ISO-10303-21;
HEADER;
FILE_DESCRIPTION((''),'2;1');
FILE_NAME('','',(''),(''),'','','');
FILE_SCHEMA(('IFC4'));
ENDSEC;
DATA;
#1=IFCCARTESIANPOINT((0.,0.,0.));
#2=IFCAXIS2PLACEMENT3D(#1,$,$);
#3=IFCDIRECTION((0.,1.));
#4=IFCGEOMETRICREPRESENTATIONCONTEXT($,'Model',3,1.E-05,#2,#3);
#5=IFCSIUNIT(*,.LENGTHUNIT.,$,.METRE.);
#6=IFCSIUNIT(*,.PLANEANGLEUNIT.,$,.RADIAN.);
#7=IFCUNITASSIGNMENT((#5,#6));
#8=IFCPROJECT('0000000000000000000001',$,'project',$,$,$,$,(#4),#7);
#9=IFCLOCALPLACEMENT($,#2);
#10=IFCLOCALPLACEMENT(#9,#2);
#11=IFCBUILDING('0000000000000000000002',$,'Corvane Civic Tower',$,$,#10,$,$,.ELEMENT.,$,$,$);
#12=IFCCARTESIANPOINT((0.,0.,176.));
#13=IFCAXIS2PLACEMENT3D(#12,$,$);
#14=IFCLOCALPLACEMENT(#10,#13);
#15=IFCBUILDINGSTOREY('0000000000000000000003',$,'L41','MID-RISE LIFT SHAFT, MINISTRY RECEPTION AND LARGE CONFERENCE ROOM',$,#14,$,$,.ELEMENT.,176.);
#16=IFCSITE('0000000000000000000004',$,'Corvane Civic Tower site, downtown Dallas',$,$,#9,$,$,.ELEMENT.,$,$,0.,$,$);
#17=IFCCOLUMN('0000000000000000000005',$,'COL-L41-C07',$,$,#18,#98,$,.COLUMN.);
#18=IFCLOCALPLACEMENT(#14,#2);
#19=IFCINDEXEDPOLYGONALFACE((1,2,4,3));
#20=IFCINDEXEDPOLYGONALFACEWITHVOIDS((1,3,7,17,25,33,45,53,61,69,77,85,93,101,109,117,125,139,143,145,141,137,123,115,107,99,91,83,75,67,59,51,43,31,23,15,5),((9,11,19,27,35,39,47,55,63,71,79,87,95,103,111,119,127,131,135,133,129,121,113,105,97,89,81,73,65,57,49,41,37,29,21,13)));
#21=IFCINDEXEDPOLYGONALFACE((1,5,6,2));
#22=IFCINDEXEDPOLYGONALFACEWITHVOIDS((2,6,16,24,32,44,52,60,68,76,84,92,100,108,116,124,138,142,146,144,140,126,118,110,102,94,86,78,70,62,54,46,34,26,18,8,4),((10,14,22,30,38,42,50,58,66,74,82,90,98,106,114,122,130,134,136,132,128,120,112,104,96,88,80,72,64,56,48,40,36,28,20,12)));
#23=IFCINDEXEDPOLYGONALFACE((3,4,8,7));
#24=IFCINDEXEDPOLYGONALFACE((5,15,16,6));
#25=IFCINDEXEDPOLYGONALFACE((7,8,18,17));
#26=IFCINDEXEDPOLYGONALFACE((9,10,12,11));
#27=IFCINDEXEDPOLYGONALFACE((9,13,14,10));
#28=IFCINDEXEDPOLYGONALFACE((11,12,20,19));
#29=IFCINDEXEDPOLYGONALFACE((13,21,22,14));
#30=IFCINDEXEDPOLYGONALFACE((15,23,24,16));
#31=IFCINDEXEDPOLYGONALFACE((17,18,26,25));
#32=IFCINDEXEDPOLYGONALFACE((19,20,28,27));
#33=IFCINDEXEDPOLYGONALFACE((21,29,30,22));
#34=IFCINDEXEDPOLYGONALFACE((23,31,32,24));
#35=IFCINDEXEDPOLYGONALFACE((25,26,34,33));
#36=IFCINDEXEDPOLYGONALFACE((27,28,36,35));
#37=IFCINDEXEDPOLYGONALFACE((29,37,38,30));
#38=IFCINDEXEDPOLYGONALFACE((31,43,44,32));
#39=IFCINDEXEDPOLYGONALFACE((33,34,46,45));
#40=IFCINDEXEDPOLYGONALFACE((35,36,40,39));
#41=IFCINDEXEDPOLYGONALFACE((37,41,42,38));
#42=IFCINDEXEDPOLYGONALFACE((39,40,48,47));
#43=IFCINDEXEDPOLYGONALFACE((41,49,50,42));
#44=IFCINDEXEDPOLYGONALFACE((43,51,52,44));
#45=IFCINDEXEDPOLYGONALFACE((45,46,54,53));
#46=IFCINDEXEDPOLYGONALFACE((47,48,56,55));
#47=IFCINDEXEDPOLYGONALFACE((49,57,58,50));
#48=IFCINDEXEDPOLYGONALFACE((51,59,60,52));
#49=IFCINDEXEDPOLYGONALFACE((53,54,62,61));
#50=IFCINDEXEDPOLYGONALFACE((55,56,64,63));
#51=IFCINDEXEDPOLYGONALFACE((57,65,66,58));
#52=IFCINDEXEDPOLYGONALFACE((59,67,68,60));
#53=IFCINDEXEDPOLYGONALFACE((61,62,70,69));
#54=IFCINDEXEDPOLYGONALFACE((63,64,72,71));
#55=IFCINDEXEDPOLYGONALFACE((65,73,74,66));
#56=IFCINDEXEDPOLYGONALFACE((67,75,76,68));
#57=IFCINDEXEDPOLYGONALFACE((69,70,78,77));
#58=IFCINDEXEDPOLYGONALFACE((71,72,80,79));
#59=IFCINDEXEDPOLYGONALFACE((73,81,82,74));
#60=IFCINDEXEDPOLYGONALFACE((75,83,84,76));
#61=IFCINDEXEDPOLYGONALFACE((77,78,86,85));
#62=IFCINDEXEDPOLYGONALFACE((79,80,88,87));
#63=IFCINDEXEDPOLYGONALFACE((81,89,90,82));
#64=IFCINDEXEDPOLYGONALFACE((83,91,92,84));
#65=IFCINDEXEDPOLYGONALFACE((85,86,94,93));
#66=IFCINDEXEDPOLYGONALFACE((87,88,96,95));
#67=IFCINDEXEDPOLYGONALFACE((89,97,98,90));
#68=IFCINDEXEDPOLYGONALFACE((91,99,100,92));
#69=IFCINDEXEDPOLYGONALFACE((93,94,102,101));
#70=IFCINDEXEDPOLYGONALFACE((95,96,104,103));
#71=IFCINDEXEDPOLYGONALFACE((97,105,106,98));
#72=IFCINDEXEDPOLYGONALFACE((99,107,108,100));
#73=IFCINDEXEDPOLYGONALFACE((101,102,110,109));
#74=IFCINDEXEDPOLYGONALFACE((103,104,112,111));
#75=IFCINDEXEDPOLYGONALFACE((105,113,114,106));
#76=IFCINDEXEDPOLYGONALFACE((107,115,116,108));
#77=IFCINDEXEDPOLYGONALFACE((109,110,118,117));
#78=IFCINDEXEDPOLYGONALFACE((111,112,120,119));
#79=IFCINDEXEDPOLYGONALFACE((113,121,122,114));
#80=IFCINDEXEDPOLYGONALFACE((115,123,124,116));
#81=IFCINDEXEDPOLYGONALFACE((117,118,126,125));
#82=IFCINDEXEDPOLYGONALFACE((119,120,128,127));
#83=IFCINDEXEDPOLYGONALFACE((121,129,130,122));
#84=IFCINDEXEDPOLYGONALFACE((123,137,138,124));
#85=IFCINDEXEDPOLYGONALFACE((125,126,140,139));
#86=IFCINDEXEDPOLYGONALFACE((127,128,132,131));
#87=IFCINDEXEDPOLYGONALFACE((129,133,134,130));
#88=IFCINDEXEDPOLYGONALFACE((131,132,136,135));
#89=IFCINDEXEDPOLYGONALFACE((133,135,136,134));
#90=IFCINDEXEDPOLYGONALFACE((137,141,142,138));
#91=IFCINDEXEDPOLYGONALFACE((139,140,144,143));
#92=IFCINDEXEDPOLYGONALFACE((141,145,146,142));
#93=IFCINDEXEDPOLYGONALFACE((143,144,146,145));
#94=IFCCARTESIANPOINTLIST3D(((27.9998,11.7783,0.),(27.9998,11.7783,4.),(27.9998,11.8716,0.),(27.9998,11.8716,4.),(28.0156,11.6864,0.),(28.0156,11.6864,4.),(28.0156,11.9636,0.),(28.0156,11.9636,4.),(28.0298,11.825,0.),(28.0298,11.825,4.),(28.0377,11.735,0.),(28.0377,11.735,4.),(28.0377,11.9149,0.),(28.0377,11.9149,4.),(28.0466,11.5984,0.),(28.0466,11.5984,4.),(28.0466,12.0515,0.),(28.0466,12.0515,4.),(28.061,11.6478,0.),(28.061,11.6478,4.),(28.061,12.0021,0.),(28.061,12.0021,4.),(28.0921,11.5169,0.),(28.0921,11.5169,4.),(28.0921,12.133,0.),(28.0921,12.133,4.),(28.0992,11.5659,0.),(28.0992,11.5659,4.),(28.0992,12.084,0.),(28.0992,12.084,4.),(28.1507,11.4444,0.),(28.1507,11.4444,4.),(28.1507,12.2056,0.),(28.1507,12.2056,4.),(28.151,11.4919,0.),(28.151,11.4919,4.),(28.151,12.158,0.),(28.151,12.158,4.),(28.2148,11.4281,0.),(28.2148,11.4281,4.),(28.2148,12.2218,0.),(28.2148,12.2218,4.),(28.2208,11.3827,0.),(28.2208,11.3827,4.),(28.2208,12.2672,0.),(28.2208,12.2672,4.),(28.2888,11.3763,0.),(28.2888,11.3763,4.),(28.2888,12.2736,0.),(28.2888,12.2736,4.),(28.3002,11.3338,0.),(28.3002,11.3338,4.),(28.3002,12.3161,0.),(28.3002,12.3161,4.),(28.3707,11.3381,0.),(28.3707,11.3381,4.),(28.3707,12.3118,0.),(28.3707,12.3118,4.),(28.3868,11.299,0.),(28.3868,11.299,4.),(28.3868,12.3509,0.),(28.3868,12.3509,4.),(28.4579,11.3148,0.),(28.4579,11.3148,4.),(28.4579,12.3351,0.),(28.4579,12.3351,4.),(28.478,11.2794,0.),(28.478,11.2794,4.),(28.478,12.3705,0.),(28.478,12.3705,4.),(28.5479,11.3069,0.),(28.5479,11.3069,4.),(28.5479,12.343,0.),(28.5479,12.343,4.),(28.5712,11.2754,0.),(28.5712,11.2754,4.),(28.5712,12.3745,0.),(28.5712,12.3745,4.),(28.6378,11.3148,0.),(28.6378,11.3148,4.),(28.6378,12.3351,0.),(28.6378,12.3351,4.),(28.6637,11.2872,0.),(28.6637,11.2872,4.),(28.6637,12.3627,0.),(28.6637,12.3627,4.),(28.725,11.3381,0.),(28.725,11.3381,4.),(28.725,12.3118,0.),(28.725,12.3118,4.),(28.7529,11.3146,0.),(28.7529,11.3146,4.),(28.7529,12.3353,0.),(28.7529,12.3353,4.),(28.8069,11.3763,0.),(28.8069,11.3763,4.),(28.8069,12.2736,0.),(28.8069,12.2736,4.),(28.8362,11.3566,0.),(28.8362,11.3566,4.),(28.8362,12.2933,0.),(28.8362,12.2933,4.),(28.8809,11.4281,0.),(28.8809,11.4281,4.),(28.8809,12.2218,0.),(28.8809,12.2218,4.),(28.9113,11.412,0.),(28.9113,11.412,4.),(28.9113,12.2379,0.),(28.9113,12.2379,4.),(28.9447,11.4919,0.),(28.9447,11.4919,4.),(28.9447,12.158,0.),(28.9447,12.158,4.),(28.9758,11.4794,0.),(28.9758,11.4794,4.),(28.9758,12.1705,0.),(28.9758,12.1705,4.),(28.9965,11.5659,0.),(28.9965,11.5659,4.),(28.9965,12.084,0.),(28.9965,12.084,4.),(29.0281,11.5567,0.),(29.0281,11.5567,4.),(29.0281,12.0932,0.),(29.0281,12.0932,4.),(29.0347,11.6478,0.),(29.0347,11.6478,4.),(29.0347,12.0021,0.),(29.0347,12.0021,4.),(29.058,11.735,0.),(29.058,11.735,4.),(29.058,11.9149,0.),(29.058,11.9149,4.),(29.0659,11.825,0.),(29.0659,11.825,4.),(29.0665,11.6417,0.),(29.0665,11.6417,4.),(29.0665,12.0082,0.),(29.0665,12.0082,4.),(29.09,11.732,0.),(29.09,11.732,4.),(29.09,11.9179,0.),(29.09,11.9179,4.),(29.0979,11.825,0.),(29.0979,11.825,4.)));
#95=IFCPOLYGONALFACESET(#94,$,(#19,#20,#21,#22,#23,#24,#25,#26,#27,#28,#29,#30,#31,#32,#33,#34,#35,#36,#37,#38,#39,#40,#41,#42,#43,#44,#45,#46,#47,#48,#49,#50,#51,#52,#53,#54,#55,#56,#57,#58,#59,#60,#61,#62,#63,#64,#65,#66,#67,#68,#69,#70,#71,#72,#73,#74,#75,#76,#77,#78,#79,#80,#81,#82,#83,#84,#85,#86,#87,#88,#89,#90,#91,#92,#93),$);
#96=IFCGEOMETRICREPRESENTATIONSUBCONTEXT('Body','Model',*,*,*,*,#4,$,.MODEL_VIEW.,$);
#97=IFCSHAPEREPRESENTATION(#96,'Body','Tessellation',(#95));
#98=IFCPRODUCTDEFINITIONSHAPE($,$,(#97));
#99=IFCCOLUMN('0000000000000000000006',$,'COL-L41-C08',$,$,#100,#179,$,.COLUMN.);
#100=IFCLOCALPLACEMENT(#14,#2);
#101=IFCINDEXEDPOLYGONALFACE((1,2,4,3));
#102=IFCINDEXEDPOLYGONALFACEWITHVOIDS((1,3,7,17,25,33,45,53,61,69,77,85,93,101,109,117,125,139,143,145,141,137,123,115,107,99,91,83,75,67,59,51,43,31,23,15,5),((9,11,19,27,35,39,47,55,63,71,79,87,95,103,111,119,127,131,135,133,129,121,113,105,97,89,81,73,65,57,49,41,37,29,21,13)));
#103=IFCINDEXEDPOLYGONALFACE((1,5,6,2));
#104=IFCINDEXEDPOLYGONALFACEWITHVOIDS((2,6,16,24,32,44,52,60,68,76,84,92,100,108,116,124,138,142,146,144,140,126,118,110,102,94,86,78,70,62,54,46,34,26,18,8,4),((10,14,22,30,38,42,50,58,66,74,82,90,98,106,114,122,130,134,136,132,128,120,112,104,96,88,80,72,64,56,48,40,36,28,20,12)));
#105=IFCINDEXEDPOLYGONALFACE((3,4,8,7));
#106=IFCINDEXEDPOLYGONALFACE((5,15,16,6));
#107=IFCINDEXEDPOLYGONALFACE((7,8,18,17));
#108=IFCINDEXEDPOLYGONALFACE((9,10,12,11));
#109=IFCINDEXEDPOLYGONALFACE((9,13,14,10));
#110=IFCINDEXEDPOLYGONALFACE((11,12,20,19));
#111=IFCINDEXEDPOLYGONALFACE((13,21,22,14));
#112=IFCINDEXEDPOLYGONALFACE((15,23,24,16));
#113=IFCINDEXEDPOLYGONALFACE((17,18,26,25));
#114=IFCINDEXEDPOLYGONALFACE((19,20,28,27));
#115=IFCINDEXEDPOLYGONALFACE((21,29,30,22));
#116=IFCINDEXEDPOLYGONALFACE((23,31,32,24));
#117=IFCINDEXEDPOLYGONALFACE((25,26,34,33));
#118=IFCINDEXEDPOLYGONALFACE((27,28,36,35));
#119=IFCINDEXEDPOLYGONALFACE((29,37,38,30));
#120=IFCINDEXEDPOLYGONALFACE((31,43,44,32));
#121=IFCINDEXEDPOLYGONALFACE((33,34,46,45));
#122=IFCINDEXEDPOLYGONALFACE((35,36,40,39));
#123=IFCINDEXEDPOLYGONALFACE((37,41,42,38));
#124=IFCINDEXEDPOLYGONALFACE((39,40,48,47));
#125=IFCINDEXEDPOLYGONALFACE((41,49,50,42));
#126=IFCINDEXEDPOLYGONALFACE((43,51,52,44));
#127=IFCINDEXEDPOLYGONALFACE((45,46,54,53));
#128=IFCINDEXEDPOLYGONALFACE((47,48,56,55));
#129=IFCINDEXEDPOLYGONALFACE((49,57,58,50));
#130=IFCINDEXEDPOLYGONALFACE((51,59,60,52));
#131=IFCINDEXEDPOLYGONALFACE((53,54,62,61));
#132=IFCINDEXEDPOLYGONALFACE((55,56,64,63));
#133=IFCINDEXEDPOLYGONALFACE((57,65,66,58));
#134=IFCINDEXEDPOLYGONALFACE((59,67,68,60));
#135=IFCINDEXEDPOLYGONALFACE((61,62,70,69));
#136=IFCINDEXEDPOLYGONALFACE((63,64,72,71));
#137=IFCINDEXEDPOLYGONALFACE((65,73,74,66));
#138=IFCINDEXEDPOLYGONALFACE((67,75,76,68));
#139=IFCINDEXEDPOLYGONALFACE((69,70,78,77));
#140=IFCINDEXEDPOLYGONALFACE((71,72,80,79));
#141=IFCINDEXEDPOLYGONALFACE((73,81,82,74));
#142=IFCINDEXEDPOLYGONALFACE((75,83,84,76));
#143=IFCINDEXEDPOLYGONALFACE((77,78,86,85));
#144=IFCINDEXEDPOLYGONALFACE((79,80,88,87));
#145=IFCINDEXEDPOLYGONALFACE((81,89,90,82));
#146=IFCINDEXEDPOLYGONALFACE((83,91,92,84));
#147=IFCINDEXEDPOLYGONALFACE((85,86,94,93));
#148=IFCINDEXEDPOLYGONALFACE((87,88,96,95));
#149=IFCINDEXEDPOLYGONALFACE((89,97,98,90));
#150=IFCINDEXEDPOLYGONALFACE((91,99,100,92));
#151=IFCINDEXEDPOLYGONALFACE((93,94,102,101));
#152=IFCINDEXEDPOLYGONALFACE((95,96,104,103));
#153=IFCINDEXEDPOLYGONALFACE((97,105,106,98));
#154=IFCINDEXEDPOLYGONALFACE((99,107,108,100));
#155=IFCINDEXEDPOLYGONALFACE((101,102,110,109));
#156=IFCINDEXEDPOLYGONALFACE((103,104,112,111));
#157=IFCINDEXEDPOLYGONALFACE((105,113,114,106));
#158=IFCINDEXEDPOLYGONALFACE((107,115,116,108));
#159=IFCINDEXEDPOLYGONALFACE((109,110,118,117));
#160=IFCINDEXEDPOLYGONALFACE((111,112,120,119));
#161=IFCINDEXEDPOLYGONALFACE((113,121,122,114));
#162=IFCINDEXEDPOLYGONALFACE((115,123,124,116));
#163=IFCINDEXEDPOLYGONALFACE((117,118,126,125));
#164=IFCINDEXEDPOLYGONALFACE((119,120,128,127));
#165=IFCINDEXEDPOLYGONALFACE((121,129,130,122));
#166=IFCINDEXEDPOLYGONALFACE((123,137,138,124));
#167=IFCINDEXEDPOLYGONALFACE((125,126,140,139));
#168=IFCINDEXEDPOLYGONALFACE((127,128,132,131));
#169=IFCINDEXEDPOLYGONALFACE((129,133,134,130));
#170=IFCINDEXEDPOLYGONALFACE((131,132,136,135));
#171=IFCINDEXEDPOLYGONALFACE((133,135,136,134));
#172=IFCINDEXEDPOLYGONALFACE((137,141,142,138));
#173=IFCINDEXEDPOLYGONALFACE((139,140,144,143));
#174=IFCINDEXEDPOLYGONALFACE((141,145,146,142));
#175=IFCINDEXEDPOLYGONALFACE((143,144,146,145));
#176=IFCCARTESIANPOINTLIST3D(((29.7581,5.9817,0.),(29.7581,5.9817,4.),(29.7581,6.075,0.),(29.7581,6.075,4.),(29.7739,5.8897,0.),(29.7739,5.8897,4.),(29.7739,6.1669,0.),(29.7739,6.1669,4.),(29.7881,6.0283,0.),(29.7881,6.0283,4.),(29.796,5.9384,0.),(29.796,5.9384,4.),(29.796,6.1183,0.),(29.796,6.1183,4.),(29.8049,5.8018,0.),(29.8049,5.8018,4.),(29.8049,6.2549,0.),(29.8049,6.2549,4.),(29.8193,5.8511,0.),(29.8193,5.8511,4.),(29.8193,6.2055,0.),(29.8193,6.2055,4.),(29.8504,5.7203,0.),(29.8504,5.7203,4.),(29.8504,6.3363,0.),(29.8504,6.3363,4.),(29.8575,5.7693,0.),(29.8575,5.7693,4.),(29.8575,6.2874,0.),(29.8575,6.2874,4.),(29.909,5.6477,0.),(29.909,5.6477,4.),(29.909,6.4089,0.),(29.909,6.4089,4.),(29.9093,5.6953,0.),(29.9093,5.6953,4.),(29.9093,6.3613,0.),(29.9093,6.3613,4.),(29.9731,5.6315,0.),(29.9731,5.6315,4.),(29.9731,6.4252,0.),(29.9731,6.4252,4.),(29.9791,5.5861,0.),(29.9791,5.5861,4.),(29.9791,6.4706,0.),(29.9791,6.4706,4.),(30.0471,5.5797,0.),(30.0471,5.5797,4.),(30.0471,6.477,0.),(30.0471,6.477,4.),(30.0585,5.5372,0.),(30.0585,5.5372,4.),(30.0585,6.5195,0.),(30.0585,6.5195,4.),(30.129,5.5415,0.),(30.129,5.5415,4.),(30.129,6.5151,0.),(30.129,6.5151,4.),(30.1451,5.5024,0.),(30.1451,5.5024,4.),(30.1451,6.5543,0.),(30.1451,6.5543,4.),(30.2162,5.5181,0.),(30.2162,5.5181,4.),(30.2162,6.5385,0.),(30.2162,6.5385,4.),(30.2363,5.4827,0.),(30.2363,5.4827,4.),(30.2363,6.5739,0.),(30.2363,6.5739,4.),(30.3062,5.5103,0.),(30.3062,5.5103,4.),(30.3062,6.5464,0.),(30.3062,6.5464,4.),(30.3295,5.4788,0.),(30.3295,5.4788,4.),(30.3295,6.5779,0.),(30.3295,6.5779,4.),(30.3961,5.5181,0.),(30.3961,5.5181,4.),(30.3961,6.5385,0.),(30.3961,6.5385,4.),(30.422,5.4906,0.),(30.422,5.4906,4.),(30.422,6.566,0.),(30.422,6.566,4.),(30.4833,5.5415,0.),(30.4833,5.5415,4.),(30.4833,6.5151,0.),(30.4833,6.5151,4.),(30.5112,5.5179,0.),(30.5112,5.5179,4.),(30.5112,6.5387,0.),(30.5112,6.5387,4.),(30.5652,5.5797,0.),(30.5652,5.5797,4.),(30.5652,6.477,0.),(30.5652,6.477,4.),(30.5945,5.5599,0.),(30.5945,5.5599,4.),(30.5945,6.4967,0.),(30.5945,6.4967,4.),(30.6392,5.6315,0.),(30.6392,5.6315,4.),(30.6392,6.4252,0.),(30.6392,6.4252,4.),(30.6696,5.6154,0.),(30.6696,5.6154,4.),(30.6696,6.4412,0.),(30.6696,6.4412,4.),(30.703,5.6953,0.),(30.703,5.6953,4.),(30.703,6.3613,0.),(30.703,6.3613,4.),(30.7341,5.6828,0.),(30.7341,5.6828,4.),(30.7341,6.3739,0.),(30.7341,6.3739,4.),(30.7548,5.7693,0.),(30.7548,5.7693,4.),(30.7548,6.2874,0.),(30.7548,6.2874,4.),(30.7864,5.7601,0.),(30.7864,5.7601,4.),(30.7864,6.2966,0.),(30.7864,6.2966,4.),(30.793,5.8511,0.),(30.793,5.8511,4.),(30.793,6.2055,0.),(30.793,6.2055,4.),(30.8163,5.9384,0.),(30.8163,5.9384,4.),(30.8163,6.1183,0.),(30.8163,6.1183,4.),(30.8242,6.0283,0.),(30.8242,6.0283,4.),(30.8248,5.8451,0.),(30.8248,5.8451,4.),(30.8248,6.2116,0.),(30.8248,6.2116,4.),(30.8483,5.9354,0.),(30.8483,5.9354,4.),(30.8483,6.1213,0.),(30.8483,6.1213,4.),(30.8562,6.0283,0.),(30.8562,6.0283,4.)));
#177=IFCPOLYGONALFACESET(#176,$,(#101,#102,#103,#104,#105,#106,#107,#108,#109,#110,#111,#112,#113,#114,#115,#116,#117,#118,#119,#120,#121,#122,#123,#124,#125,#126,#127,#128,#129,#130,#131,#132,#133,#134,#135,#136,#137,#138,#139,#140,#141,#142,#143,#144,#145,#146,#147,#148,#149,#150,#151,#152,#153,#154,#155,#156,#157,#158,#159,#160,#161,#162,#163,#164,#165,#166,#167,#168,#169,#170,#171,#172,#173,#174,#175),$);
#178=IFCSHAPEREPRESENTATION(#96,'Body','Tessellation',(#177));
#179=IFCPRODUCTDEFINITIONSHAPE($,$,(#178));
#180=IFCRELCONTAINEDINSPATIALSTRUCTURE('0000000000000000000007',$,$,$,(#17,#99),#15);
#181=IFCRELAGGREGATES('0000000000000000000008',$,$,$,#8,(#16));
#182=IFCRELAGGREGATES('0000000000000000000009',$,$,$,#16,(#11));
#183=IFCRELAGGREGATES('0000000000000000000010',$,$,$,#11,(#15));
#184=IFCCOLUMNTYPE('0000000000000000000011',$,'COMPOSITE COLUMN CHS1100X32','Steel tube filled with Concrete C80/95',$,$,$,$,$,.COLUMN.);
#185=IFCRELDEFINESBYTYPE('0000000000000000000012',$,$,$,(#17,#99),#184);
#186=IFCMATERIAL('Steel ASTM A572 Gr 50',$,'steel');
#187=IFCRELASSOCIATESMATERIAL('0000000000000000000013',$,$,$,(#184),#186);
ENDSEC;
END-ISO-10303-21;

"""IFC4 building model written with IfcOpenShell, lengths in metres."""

from ifc_helpers import new_model, si_unit, direction, frame, origin, origin_2d, place, context, subcontext, project, spatial, hollow_circle, extrude, material, material_profile, profile_set, type_object, element, save


model = new_model("IFC4")

# Units and contexts
model_context = context("Model", 3, precision=1e-05, world=origin(), true_north=direction((0.0, 1.0)))
body_context = subcontext(model_context, "Body", "Model", "MODEL_VIEW")
ifc_project = project(units=[si_unit("LENGTHUNIT", "METRE"), si_unit("PLANEANGLEUNIT", "RADIAN")], contexts=[model_context])

# Site, building, storey
site_placement = place(None, origin())
site = spatial("IfcSite", under=ifc_project, at=site_placement, Name="Corvane Civic Tower site, downtown Dallas", CompositionType="ELEMENT", RefElevation=0.0)
building_placement = place(site_placement, origin())
building = spatial("IfcBuilding", under=site, at=building_placement, Name="Corvane Civic Tower", CompositionType="ELEMENT")
storey_placement = place(building_placement, frame((0.0, 0.0, 176.0)))
storey = spatial("IfcBuildingStorey", under=building, at=storey_placement, Name="L41", Description="MID-RISE LIFT SHAFT, MINISTRY RECEPTION AND LARGE CONFERENCE ROOM", CompositionType="ELEMENT", Elevation=176.0)

# Columns
ifc_material_1 = material(Name="Steel ASTM A572 Gr 50", Category="steel")
ifc_material_profile_1 = material_profile(ifc_material_1, hollow_circle(Radius=0.55, WallThickness=0.032, at=origin_2d()), Name="CHS1100X32")
ifc_profile_set_1 = profile_set([ifc_material_profile_1], Name="Steel ASTM A572 Gr 50")
column_type = type_object("IfcColumnType", Name="COMPOSITE COLUMN CHS1100X32", Description="Steel tube filled with Concrete C80/95", PredefinedType="COLUMN", material=ifc_profile_set_1)
for number, where, z_axis, x_axis, name in (
    (1, (28.5479, 11.825, 0.0), (0.0, 0.0, 1.0), (1.0, 0.0, 0.0), "COL-L41-C07"),
    (2, (30.3062, 6.0283, 0.0), (0.0, 0.0, 1.0), (1.0, 0.0, 0.0), "COL-L41-C08"),
):
    element("IfcColumn", number, at=place(storey_placement, frame(where, z_axis=z_axis, x_axis=x_axis)), inside=storey, type_object=column_type, Name=name, PredefinedType="COLUMN", context=body_context, shape_type="SweptSolid", body=[
        extrude(hollow_circle(Radius=0.55, WallThickness=0.032, at=origin_2d()), origin(), (0.0, 0.0, 1.0), 4.0),
    ])

save(model, "model.ifc")
